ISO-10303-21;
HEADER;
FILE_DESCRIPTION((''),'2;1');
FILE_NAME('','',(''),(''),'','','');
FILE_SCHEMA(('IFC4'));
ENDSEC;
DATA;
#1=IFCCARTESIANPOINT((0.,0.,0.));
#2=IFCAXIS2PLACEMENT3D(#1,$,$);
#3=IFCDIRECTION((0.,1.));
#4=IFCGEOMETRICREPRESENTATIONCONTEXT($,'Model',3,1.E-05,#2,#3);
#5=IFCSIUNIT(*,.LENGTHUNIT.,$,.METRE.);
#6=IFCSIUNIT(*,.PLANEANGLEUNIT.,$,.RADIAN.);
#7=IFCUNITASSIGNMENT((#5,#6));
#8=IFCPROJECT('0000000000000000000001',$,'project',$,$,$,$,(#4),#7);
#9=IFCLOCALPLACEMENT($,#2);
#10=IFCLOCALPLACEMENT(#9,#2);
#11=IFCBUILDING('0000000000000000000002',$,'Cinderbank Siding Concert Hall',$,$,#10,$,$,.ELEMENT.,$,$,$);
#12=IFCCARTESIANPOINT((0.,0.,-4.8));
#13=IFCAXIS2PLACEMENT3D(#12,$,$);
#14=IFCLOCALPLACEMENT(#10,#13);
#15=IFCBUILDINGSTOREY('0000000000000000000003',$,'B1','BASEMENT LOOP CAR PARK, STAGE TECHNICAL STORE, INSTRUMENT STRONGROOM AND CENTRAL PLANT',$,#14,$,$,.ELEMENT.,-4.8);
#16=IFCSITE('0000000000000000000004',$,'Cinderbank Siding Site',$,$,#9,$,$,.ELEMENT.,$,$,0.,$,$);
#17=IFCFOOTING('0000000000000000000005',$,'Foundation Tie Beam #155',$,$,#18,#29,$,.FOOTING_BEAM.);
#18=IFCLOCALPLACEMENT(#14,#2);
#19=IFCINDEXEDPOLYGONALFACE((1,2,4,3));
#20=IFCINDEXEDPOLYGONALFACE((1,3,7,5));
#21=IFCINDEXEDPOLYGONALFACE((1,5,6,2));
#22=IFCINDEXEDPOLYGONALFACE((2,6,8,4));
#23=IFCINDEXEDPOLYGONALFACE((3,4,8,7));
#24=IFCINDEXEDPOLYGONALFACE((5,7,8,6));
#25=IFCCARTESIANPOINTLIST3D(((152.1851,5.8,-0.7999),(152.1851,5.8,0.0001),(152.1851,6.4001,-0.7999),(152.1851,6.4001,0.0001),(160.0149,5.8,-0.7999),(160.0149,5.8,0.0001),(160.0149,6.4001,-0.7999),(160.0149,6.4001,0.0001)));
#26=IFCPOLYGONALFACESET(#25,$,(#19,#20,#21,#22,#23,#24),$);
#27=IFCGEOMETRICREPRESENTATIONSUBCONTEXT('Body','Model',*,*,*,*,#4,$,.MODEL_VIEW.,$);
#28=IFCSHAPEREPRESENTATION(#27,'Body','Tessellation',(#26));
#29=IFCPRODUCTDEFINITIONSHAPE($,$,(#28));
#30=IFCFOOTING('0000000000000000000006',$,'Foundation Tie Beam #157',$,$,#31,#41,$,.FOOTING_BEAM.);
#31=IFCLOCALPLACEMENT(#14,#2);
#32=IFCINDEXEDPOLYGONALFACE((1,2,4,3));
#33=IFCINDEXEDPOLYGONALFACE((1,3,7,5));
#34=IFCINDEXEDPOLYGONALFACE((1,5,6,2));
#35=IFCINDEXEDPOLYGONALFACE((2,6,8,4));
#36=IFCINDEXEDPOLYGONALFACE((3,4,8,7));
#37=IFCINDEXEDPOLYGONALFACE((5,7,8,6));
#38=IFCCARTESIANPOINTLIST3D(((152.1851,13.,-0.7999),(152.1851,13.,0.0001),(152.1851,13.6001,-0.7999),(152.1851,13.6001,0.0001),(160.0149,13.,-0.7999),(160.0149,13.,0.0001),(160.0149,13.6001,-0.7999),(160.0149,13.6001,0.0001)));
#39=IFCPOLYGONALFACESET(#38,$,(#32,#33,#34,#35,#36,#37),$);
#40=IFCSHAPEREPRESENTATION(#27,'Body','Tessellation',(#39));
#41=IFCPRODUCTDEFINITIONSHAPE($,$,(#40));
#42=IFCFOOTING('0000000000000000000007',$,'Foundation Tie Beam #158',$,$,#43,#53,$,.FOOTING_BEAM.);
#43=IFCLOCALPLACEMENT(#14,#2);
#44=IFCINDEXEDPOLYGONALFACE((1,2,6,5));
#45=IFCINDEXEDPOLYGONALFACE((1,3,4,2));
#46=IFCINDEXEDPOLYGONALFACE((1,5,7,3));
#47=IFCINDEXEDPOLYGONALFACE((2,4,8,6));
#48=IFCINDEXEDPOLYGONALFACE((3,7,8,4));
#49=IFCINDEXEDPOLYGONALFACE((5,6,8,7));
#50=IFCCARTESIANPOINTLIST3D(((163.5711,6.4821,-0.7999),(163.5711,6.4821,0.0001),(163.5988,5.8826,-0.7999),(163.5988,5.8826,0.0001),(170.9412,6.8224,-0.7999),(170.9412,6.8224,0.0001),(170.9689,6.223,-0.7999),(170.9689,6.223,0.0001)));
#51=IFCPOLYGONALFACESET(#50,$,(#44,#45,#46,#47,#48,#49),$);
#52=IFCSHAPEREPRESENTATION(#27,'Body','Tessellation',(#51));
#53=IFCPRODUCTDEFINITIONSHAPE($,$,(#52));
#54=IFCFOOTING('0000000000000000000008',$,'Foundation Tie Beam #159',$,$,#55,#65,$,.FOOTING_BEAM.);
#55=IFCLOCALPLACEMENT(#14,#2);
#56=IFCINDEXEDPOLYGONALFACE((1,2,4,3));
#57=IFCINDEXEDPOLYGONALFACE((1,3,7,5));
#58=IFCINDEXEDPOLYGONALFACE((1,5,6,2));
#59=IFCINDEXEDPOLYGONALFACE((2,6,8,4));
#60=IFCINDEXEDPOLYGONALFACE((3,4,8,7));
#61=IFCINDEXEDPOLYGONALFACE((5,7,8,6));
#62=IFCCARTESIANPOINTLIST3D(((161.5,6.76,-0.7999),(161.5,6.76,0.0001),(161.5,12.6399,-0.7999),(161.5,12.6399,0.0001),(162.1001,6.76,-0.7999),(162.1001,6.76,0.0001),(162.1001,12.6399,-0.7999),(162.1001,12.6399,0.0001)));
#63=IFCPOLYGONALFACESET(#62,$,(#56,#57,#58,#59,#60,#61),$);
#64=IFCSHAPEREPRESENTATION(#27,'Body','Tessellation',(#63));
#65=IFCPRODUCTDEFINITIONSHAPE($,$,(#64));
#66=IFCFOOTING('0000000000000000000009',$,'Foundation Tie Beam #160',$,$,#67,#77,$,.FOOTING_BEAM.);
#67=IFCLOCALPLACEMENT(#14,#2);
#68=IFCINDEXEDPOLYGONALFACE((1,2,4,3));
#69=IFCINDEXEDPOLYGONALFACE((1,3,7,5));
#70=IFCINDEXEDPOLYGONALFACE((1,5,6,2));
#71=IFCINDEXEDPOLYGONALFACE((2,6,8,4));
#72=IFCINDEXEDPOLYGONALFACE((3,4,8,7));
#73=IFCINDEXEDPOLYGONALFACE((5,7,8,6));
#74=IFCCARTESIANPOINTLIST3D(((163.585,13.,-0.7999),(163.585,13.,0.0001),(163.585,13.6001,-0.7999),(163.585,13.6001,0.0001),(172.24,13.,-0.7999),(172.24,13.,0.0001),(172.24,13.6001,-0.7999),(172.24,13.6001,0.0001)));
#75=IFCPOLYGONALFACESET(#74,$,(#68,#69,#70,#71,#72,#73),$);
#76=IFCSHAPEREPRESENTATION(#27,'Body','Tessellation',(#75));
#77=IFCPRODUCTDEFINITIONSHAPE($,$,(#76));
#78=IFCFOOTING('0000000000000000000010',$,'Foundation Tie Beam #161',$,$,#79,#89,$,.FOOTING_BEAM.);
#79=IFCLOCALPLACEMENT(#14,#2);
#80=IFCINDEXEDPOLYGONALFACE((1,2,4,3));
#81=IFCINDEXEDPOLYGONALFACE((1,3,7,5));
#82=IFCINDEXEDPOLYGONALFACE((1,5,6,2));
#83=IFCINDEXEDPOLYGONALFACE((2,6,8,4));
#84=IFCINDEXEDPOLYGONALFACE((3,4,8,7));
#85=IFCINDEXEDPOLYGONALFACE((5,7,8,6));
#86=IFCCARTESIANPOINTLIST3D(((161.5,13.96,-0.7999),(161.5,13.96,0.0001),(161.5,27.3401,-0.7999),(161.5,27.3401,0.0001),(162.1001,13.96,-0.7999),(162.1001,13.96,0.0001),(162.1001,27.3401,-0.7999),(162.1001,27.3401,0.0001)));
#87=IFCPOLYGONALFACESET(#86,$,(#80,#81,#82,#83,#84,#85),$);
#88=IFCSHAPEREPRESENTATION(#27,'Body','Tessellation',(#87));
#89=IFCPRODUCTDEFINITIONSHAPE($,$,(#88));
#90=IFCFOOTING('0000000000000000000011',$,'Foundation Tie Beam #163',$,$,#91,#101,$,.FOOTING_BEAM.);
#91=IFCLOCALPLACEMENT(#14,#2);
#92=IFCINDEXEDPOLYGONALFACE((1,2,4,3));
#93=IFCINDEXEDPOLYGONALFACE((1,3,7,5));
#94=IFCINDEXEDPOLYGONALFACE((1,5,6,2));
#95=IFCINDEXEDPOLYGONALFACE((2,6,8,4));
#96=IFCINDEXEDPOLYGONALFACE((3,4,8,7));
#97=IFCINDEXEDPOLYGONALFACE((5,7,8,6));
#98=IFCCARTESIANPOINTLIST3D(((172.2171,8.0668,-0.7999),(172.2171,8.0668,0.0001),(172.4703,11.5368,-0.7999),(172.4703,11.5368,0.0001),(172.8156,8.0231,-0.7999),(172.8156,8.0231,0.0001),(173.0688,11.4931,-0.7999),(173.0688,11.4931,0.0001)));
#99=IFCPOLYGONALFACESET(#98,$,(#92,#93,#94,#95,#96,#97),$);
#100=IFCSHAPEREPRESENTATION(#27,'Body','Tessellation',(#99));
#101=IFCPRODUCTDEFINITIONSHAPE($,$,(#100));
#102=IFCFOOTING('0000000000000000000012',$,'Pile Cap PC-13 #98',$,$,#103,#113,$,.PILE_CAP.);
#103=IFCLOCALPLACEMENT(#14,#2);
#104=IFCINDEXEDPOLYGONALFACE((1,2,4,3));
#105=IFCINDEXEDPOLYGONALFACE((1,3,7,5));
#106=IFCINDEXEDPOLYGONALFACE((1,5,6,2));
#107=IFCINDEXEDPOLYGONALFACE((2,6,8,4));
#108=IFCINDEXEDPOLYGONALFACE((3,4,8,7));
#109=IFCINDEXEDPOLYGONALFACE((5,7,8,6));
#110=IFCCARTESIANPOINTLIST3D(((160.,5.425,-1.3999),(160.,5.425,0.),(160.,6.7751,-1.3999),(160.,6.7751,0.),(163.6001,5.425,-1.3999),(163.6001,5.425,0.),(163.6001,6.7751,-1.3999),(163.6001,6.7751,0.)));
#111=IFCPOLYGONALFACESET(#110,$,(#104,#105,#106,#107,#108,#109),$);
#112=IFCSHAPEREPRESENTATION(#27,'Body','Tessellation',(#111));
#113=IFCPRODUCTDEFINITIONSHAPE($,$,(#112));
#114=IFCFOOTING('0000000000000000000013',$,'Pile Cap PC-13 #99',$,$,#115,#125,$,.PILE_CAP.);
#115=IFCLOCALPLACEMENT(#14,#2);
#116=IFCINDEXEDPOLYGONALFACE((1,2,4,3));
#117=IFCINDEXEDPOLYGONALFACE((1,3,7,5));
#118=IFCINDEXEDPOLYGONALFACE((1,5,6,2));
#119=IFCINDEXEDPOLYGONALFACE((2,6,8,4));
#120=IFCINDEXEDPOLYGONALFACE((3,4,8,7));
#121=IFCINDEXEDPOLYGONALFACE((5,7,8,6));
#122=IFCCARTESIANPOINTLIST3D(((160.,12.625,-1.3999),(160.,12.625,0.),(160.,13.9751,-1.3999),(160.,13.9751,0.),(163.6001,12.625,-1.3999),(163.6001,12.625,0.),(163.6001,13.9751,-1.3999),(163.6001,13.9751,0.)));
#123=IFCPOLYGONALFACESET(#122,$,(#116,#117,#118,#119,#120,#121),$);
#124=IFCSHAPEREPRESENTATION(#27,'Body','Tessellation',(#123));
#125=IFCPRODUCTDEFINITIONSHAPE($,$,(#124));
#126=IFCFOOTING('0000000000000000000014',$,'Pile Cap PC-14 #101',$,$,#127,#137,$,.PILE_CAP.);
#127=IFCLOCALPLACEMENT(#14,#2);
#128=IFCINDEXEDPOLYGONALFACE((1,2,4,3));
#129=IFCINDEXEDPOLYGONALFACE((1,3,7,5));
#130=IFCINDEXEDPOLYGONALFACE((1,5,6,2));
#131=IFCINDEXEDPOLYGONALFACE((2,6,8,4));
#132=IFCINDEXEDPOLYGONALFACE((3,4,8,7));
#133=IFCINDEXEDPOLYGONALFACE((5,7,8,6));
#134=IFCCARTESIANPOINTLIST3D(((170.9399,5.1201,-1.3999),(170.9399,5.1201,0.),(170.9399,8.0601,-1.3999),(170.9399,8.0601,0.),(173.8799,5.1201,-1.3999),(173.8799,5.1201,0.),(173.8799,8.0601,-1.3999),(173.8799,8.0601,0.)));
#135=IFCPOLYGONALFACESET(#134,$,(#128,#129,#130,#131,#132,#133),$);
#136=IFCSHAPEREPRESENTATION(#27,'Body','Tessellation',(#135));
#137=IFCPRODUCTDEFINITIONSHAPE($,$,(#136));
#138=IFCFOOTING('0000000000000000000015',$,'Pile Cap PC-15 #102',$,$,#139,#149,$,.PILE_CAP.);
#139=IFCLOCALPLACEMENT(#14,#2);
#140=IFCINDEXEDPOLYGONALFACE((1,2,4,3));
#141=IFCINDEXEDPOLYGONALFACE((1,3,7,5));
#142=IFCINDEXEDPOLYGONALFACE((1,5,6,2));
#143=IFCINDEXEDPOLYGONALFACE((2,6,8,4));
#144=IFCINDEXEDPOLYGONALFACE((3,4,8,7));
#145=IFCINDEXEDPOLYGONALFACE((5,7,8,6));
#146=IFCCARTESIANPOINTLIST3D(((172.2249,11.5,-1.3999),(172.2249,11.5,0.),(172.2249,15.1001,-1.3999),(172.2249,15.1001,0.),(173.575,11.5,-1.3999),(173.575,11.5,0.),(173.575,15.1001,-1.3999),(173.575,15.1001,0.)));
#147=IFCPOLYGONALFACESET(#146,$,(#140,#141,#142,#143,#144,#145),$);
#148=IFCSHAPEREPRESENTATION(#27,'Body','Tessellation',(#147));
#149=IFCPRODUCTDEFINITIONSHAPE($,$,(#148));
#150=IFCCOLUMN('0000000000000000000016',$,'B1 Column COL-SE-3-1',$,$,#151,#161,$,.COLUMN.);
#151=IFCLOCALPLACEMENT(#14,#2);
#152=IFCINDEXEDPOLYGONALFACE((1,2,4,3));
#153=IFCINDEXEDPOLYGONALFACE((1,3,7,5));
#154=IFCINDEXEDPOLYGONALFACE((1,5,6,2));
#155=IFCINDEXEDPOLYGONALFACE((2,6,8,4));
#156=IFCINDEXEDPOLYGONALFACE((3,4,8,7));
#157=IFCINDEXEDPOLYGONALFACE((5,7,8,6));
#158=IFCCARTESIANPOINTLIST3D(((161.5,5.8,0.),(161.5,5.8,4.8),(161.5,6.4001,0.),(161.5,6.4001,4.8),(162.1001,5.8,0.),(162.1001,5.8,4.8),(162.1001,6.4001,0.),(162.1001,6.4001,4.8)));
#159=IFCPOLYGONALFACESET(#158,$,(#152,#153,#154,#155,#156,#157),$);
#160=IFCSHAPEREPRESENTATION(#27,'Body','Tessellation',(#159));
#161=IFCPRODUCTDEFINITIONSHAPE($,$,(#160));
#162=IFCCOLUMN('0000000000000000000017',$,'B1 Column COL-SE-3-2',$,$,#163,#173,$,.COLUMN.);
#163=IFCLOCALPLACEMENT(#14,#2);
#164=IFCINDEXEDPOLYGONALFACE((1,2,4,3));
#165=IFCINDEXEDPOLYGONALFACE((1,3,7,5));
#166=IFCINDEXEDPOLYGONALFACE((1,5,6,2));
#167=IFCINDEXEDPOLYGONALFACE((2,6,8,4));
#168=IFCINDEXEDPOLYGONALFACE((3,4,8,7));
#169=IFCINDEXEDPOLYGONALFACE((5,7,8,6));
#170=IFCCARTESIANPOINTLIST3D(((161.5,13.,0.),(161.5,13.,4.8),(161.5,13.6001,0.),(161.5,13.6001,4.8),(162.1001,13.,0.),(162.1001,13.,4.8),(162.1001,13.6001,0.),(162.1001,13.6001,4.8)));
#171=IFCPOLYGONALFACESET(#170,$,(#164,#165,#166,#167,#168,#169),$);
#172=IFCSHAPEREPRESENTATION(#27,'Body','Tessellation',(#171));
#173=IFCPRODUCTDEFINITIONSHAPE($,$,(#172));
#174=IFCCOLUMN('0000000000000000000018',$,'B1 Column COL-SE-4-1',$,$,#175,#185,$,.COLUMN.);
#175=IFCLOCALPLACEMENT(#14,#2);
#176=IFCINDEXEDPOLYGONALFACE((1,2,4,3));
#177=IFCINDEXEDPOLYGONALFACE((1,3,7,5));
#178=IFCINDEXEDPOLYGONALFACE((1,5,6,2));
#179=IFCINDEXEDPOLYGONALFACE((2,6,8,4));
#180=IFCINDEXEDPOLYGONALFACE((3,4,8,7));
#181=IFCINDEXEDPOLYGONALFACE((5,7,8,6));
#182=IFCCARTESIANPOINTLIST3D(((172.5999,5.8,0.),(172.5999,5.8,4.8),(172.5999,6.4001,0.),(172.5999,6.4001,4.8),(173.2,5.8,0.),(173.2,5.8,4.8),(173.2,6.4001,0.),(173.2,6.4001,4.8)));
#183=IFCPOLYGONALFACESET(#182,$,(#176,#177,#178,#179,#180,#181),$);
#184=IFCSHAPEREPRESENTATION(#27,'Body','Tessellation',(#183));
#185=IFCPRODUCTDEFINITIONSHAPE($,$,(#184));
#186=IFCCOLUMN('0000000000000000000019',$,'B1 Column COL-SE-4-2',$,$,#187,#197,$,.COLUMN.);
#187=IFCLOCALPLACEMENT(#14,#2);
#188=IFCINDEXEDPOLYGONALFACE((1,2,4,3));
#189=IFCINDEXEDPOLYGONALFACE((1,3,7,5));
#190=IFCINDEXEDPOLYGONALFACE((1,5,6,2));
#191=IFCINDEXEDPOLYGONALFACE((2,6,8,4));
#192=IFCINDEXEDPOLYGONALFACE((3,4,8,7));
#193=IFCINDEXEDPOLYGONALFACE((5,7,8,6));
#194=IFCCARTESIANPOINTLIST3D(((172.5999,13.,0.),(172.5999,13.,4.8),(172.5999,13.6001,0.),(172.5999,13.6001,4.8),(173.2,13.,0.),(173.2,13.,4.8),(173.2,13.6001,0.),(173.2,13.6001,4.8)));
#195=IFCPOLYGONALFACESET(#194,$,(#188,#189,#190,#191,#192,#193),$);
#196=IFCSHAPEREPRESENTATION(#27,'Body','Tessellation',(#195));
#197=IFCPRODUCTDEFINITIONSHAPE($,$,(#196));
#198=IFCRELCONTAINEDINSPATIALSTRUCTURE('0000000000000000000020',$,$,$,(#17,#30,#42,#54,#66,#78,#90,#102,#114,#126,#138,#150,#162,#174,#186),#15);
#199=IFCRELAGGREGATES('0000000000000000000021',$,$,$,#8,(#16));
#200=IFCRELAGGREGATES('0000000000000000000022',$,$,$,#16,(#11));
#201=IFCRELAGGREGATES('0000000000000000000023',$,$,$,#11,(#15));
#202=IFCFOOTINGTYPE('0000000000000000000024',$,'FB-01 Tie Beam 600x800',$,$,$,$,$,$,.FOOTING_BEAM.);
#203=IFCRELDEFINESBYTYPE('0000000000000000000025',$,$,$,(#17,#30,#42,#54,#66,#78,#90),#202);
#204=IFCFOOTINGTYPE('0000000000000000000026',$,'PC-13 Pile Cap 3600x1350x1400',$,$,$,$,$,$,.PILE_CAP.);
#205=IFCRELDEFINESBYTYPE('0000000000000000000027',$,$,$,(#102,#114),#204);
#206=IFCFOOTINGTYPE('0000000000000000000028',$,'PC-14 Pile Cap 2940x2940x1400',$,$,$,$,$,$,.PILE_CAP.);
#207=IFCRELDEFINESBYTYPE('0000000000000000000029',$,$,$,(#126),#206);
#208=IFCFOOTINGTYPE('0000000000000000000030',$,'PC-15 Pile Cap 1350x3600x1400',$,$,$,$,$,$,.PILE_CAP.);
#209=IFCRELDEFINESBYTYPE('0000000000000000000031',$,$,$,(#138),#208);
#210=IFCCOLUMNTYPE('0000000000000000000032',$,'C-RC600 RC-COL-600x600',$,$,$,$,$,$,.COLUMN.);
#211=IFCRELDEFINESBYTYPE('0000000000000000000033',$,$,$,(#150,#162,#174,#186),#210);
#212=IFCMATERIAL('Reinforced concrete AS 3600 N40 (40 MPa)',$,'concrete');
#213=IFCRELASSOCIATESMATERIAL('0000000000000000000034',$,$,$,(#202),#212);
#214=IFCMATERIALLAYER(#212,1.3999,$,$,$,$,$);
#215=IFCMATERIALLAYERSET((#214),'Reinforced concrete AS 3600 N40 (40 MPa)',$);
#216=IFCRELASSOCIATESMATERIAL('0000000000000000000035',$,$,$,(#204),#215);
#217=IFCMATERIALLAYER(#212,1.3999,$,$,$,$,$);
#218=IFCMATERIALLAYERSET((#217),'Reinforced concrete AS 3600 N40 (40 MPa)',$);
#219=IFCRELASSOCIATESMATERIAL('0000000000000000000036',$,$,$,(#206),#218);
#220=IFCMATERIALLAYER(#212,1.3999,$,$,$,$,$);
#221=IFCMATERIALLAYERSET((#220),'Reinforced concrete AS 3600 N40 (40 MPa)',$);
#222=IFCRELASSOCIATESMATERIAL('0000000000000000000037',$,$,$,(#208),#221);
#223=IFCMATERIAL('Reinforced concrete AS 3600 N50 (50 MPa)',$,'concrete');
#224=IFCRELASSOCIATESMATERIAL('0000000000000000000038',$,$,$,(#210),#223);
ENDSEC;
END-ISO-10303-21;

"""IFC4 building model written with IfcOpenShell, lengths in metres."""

from ifc_helpers import new_model, si_unit, direction, frame, origin, origin_2d, place, context, subcontext, project, spatial, rectangle, extrude, material, layer, layer_set, material_profile, profile_set, type_object, element, save


model = new_model("IFC4")

# Units and contexts
model_context = context("Model", 3, precision=1e-05, world=origin(), true_north=direction((0.0, 1.0)))
body_context = subcontext(model_context, "Body", "Model", "MODEL_VIEW")
ifc_project = project(units=[si_unit("LENGTHUNIT", "METRE"), si_unit("PLANEANGLEUNIT", "RADIAN")], contexts=[model_context])

# Site, building, storey
site_placement = place(None, origin())
site = spatial("IfcSite", under=ifc_project, at=site_placement, Name="Cinderbank Siding Site", CompositionType="ELEMENT", RefElevation=0.0)
building_placement = place(site_placement, origin())
building = spatial("IfcBuilding", under=site, at=building_placement, Name="Cinderbank Siding Concert Hall", CompositionType="ELEMENT")
storey_placement = place(building_placement, frame((0.0, 0.0, -4.8)))
storey = spatial("IfcBuildingStorey", under=building, at=storey_placement, Name="B1", Description="BASEMENT LOOP CAR PARK, STAGE TECHNICAL STORE, INSTRUMENT STRONGROOM AND CENTRAL PLANT", CompositionType="ELEMENT", Elevation=-4.8)

# Shared definitions
ifc_material_1 = material(Name="Reinforced concrete AS 3600 N40 (40 MPa)", Category="concrete")

# Footings
ifc_material_profile_1 = material_profile(ifc_material_1, rectangle(XDim=0.6001, YDim=0.8, at=origin_2d()), Name="RC-FB-600x800", Category="LoadBearing")
ifc_profile_set_1 = profile_set([ifc_material_profile_1], Name="Reinforced concrete AS 3600 N40 (40 MPa)")
footing_type_1 = type_object("IfcFootingType", Name="FB-01 Tie Beam 600x800", PredefinedType="FOOTING_BEAM", material=ifc_profile_set_1)
for number, where, z_axis, x_axis, name in (
    (1, (152.1851, 6.1001, -0.3999), (1.0, 0.0, 0.0), (0.0, 1.0, 0.0), "Foundation Tie Beam #155"),
    (2, (152.1851, 13.3, -0.3999), (1.0, 0.0, 0.0), (0.0, 1.0, 0.0), "Foundation Tie Beam #157"),
):
    element("IfcFooting", number, at=place(storey_placement, frame(where, z_axis=z_axis, x_axis=x_axis)), inside=storey, type_object=footing_type_1, Name=name, PredefinedType="FOOTING_BEAM", context=body_context, shape_type="SweptSolid", body=[
        extrude(rectangle(XDim=0.6001, YDim=0.8, at=origin_2d()), origin(), (0.0, 0.0, 1.0), 7.8298),
    ])
footing_1_placement = place(storey_placement, frame((163.585, 6.1824, -0.3999), z_axis=(0.998936, 0.046128, 0.0), x_axis=(-0.046128, 0.998936, 0.0)))
element("IfcFooting", 3, at=footing_1_placement, inside=storey, type_object=footing_type_1, Name="Foundation Tie Beam #158", PredefinedType="FOOTING_BEAM", context=body_context, shape_type="SweptSolid", body=[
    extrude(rectangle(XDim=0.6001, YDim=0.8, at=origin_2d()), origin(), (0.0, 0.0, 1.0), 7.3779),
])
footing_2_placement = place(storey_placement, frame((161.8, 6.76, -0.3999), z_axis=(0.0, 1.0, 0.0), x_axis=(-1.0, 0.0, 0.0)))
element("IfcFooting", 4, at=footing_2_placement, inside=storey, type_object=footing_type_1, Name="Foundation Tie Beam #159", PredefinedType="FOOTING_BEAM", context=body_context, shape_type="SweptSolid", body=[
    extrude(rectangle(XDim=0.6001, YDim=0.8, at=origin_2d()), origin(), (0.0, 0.0, 1.0), 5.8799),
])
footing_3_placement = place(storey_placement, frame((163.585, 13.3, -0.3999), z_axis=(1.0, 0.0, 0.0), x_axis=(0.0, 1.0, 0.0)))
element("IfcFooting", 5, at=footing_3_placement, inside=storey, type_object=footing_type_1, Name="Foundation Tie Beam #160", PredefinedType="FOOTING_BEAM", context=body_context, shape_type="SweptSolid", body=[
    extrude(rectangle(XDim=0.6001, YDim=0.8, at=origin_2d()), origin(), (0.0, 0.0, 1.0), 8.655),
])
footing_4_placement = place(storey_placement, frame((161.8, 13.96, -0.3999), z_axis=(0.0, 1.0, 0.0), x_axis=(-1.0, 0.0, 0.0)))
element("IfcFooting", 6, at=footing_4_placement, inside=storey, type_object=footing_type_1, Name="Foundation Tie Beam #161", PredefinedType="FOOTING_BEAM", context=body_context, shape_type="SweptSolid", body=[
    extrude(rectangle(XDim=0.6001, YDim=0.8, at=origin_2d()), origin(), (0.0, 0.0, 1.0), 13.3801),
])
footing_5_placement = place(storey_placement, frame((172.5164, 8.0449, -0.3999), z_axis=(0.072768, 0.997349, 0.0), x_axis=(-0.997349, 0.072768, 0.0)))
element("IfcFooting", 7, at=footing_5_placement, inside=storey, type_object=footing_type_1, Name="Foundation Tie Beam #163", PredefinedType="FOOTING_BEAM", context=body_context, shape_type="SweptSolid", body=[
    extrude(rectangle(XDim=0.6001, YDim=0.8, at=origin_2d()), origin(), (0.0, 0.0, 1.0), 3.4792),
])
ifc_layer_1 = layer(ifc_material_1, 1.3999)
ifc_layer_set_1 = layer_set([ifc_layer_1], Name="Reinforced concrete AS 3600 N40 (40 MPa)")
footing_type_2 = type_object("IfcFootingType", Name="PC-13 Pile Cap 3600x1350x1400", PredefinedType="PILE_CAP", material=ifc_layer_set_1)
for number, where, z_axis, x_axis, name in (
    (8, (161.8, 6.1001, -1.3999), (0.0, 0.0, 1.0), (1.0, 0.0, 0.0), "Pile Cap PC-13 #98"),
    (9, (161.8, 13.3, -1.3999), (0.0, 0.0, 1.0), (1.0, 0.0, 0.0), "Pile Cap PC-13 #99"),
):
    element("IfcFooting", number, at=place(storey_placement, frame(where, z_axis=z_axis, x_axis=x_axis)), inside=storey, type_object=footing_type_2, Name=name, PredefinedType="PILE_CAP", context=body_context, shape_type="SweptSolid", body=[
        extrude(rectangle(XDim=3.6001, YDim=1.3501, at=origin_2d()), origin(), (0.0, 0.0, 1.0), 1.3999),
    ])
ifc_layer_2 = layer(ifc_material_1, 1.3999)
ifc_layer_set_2 = layer_set([ifc_layer_2], Name="Reinforced concrete AS 3600 N40 (40 MPa)")
footing_type_3 = type_object("IfcFootingType", Name="PC-14 Pile Cap 2940x2940x1400", PredefinedType="PILE_CAP", material=ifc_layer_set_2)
footing_6_placement = place(storey_placement, frame((172.4099, 6.5901, -1.3999), z_axis=(0.0, 0.0, 1.0), x_axis=(1.0, 0.0, 0.0)))
element("IfcFooting", 10, at=footing_6_placement, inside=storey, type_object=footing_type_3, Name="Pile Cap PC-14 #101", PredefinedType="PILE_CAP", context=body_context, shape_type="SweptSolid", body=[
    extrude(rectangle(XDim=2.9399, YDim=2.9399, at=origin_2d()), origin(), (0.0, 0.0, 1.0), 1.3999),
])
ifc_layer_3 = layer(ifc_material_1, 1.3999)
ifc_layer_set_3 = layer_set([ifc_layer_3], Name="Reinforced concrete AS 3600 N40 (40 MPa)")
footing_type_4 = type_object("IfcFootingType", Name="PC-15 Pile Cap 1350x3600x1400", PredefinedType="PILE_CAP", material=ifc_layer_set_3)
footing_7_placement = place(storey_placement, frame((172.8999, 13.3, -1.3999), z_axis=(0.0, 0.0, 1.0), x_axis=(1.0, 0.0, 0.0)))
element("IfcFooting", 11, at=footing_7_placement, inside=storey, type_object=footing_type_4, Name="Pile Cap PC-15 #102", PredefinedType="PILE_CAP", context=body_context, shape_type="SweptSolid", body=[
    extrude(rectangle(XDim=1.3501, YDim=3.6001, at=origin_2d()), origin(), (0.0, 0.0, 1.0), 1.3999),
])

# Columns
ifc_material_2 = material(Name="Reinforced concrete AS 3600 N50 (50 MPa)", Category="concrete")
ifc_material_profile_2 = material_profile(ifc_material_2, rectangle(XDim=0.6001, YDim=0.6001, at=origin_2d()), Name="RC-COL-600x600", Category="LoadBearing")
ifc_profile_set_2 = profile_set([ifc_material_profile_2], Name="Reinforced concrete AS 3600 N50 (50 MPa)")
column_type = type_object("IfcColumnType", Name="C-RC600 RC-COL-600x600", PredefinedType="COLUMN", material=ifc_profile_set_2)
for number, where, z_axis, x_axis, name in (
    (12, (161.8, 6.1001, 0.0), (0.0, 0.0, 1.0), (1.0, 0.0, 0.0), "B1 Column COL-SE-3-1"),
    (13, (161.8, 13.3, 0.0), (0.0, 0.0, 1.0), (1.0, 0.0, 0.0), "B1 Column COL-SE-3-2"),
    (14, (172.8999, 6.1001, 0.0), (0.0, 0.0, 1.0), (1.0, 0.0, 0.0), "B1 Column COL-SE-4-1"),
    (15, (172.8999, 13.3, 0.0), (0.0, 0.0, 1.0), (1.0, 0.0, 0.0), "B1 Column COL-SE-4-2"),
):
    element("IfcColumn", number, at=place(storey_placement, frame(where, z_axis=z_axis, x_axis=x_axis)), inside=storey, type_object=column_type, Name=name, PredefinedType="COLUMN", context=body_context, shape_type="SweptSolid", body=[
        extrude(rectangle(XDim=0.6001, YDim=0.6001, at=origin_2d()), origin(), (0.0, 0.0, 1.0), 4.8),
    ])

save(model, "model.ifc")
